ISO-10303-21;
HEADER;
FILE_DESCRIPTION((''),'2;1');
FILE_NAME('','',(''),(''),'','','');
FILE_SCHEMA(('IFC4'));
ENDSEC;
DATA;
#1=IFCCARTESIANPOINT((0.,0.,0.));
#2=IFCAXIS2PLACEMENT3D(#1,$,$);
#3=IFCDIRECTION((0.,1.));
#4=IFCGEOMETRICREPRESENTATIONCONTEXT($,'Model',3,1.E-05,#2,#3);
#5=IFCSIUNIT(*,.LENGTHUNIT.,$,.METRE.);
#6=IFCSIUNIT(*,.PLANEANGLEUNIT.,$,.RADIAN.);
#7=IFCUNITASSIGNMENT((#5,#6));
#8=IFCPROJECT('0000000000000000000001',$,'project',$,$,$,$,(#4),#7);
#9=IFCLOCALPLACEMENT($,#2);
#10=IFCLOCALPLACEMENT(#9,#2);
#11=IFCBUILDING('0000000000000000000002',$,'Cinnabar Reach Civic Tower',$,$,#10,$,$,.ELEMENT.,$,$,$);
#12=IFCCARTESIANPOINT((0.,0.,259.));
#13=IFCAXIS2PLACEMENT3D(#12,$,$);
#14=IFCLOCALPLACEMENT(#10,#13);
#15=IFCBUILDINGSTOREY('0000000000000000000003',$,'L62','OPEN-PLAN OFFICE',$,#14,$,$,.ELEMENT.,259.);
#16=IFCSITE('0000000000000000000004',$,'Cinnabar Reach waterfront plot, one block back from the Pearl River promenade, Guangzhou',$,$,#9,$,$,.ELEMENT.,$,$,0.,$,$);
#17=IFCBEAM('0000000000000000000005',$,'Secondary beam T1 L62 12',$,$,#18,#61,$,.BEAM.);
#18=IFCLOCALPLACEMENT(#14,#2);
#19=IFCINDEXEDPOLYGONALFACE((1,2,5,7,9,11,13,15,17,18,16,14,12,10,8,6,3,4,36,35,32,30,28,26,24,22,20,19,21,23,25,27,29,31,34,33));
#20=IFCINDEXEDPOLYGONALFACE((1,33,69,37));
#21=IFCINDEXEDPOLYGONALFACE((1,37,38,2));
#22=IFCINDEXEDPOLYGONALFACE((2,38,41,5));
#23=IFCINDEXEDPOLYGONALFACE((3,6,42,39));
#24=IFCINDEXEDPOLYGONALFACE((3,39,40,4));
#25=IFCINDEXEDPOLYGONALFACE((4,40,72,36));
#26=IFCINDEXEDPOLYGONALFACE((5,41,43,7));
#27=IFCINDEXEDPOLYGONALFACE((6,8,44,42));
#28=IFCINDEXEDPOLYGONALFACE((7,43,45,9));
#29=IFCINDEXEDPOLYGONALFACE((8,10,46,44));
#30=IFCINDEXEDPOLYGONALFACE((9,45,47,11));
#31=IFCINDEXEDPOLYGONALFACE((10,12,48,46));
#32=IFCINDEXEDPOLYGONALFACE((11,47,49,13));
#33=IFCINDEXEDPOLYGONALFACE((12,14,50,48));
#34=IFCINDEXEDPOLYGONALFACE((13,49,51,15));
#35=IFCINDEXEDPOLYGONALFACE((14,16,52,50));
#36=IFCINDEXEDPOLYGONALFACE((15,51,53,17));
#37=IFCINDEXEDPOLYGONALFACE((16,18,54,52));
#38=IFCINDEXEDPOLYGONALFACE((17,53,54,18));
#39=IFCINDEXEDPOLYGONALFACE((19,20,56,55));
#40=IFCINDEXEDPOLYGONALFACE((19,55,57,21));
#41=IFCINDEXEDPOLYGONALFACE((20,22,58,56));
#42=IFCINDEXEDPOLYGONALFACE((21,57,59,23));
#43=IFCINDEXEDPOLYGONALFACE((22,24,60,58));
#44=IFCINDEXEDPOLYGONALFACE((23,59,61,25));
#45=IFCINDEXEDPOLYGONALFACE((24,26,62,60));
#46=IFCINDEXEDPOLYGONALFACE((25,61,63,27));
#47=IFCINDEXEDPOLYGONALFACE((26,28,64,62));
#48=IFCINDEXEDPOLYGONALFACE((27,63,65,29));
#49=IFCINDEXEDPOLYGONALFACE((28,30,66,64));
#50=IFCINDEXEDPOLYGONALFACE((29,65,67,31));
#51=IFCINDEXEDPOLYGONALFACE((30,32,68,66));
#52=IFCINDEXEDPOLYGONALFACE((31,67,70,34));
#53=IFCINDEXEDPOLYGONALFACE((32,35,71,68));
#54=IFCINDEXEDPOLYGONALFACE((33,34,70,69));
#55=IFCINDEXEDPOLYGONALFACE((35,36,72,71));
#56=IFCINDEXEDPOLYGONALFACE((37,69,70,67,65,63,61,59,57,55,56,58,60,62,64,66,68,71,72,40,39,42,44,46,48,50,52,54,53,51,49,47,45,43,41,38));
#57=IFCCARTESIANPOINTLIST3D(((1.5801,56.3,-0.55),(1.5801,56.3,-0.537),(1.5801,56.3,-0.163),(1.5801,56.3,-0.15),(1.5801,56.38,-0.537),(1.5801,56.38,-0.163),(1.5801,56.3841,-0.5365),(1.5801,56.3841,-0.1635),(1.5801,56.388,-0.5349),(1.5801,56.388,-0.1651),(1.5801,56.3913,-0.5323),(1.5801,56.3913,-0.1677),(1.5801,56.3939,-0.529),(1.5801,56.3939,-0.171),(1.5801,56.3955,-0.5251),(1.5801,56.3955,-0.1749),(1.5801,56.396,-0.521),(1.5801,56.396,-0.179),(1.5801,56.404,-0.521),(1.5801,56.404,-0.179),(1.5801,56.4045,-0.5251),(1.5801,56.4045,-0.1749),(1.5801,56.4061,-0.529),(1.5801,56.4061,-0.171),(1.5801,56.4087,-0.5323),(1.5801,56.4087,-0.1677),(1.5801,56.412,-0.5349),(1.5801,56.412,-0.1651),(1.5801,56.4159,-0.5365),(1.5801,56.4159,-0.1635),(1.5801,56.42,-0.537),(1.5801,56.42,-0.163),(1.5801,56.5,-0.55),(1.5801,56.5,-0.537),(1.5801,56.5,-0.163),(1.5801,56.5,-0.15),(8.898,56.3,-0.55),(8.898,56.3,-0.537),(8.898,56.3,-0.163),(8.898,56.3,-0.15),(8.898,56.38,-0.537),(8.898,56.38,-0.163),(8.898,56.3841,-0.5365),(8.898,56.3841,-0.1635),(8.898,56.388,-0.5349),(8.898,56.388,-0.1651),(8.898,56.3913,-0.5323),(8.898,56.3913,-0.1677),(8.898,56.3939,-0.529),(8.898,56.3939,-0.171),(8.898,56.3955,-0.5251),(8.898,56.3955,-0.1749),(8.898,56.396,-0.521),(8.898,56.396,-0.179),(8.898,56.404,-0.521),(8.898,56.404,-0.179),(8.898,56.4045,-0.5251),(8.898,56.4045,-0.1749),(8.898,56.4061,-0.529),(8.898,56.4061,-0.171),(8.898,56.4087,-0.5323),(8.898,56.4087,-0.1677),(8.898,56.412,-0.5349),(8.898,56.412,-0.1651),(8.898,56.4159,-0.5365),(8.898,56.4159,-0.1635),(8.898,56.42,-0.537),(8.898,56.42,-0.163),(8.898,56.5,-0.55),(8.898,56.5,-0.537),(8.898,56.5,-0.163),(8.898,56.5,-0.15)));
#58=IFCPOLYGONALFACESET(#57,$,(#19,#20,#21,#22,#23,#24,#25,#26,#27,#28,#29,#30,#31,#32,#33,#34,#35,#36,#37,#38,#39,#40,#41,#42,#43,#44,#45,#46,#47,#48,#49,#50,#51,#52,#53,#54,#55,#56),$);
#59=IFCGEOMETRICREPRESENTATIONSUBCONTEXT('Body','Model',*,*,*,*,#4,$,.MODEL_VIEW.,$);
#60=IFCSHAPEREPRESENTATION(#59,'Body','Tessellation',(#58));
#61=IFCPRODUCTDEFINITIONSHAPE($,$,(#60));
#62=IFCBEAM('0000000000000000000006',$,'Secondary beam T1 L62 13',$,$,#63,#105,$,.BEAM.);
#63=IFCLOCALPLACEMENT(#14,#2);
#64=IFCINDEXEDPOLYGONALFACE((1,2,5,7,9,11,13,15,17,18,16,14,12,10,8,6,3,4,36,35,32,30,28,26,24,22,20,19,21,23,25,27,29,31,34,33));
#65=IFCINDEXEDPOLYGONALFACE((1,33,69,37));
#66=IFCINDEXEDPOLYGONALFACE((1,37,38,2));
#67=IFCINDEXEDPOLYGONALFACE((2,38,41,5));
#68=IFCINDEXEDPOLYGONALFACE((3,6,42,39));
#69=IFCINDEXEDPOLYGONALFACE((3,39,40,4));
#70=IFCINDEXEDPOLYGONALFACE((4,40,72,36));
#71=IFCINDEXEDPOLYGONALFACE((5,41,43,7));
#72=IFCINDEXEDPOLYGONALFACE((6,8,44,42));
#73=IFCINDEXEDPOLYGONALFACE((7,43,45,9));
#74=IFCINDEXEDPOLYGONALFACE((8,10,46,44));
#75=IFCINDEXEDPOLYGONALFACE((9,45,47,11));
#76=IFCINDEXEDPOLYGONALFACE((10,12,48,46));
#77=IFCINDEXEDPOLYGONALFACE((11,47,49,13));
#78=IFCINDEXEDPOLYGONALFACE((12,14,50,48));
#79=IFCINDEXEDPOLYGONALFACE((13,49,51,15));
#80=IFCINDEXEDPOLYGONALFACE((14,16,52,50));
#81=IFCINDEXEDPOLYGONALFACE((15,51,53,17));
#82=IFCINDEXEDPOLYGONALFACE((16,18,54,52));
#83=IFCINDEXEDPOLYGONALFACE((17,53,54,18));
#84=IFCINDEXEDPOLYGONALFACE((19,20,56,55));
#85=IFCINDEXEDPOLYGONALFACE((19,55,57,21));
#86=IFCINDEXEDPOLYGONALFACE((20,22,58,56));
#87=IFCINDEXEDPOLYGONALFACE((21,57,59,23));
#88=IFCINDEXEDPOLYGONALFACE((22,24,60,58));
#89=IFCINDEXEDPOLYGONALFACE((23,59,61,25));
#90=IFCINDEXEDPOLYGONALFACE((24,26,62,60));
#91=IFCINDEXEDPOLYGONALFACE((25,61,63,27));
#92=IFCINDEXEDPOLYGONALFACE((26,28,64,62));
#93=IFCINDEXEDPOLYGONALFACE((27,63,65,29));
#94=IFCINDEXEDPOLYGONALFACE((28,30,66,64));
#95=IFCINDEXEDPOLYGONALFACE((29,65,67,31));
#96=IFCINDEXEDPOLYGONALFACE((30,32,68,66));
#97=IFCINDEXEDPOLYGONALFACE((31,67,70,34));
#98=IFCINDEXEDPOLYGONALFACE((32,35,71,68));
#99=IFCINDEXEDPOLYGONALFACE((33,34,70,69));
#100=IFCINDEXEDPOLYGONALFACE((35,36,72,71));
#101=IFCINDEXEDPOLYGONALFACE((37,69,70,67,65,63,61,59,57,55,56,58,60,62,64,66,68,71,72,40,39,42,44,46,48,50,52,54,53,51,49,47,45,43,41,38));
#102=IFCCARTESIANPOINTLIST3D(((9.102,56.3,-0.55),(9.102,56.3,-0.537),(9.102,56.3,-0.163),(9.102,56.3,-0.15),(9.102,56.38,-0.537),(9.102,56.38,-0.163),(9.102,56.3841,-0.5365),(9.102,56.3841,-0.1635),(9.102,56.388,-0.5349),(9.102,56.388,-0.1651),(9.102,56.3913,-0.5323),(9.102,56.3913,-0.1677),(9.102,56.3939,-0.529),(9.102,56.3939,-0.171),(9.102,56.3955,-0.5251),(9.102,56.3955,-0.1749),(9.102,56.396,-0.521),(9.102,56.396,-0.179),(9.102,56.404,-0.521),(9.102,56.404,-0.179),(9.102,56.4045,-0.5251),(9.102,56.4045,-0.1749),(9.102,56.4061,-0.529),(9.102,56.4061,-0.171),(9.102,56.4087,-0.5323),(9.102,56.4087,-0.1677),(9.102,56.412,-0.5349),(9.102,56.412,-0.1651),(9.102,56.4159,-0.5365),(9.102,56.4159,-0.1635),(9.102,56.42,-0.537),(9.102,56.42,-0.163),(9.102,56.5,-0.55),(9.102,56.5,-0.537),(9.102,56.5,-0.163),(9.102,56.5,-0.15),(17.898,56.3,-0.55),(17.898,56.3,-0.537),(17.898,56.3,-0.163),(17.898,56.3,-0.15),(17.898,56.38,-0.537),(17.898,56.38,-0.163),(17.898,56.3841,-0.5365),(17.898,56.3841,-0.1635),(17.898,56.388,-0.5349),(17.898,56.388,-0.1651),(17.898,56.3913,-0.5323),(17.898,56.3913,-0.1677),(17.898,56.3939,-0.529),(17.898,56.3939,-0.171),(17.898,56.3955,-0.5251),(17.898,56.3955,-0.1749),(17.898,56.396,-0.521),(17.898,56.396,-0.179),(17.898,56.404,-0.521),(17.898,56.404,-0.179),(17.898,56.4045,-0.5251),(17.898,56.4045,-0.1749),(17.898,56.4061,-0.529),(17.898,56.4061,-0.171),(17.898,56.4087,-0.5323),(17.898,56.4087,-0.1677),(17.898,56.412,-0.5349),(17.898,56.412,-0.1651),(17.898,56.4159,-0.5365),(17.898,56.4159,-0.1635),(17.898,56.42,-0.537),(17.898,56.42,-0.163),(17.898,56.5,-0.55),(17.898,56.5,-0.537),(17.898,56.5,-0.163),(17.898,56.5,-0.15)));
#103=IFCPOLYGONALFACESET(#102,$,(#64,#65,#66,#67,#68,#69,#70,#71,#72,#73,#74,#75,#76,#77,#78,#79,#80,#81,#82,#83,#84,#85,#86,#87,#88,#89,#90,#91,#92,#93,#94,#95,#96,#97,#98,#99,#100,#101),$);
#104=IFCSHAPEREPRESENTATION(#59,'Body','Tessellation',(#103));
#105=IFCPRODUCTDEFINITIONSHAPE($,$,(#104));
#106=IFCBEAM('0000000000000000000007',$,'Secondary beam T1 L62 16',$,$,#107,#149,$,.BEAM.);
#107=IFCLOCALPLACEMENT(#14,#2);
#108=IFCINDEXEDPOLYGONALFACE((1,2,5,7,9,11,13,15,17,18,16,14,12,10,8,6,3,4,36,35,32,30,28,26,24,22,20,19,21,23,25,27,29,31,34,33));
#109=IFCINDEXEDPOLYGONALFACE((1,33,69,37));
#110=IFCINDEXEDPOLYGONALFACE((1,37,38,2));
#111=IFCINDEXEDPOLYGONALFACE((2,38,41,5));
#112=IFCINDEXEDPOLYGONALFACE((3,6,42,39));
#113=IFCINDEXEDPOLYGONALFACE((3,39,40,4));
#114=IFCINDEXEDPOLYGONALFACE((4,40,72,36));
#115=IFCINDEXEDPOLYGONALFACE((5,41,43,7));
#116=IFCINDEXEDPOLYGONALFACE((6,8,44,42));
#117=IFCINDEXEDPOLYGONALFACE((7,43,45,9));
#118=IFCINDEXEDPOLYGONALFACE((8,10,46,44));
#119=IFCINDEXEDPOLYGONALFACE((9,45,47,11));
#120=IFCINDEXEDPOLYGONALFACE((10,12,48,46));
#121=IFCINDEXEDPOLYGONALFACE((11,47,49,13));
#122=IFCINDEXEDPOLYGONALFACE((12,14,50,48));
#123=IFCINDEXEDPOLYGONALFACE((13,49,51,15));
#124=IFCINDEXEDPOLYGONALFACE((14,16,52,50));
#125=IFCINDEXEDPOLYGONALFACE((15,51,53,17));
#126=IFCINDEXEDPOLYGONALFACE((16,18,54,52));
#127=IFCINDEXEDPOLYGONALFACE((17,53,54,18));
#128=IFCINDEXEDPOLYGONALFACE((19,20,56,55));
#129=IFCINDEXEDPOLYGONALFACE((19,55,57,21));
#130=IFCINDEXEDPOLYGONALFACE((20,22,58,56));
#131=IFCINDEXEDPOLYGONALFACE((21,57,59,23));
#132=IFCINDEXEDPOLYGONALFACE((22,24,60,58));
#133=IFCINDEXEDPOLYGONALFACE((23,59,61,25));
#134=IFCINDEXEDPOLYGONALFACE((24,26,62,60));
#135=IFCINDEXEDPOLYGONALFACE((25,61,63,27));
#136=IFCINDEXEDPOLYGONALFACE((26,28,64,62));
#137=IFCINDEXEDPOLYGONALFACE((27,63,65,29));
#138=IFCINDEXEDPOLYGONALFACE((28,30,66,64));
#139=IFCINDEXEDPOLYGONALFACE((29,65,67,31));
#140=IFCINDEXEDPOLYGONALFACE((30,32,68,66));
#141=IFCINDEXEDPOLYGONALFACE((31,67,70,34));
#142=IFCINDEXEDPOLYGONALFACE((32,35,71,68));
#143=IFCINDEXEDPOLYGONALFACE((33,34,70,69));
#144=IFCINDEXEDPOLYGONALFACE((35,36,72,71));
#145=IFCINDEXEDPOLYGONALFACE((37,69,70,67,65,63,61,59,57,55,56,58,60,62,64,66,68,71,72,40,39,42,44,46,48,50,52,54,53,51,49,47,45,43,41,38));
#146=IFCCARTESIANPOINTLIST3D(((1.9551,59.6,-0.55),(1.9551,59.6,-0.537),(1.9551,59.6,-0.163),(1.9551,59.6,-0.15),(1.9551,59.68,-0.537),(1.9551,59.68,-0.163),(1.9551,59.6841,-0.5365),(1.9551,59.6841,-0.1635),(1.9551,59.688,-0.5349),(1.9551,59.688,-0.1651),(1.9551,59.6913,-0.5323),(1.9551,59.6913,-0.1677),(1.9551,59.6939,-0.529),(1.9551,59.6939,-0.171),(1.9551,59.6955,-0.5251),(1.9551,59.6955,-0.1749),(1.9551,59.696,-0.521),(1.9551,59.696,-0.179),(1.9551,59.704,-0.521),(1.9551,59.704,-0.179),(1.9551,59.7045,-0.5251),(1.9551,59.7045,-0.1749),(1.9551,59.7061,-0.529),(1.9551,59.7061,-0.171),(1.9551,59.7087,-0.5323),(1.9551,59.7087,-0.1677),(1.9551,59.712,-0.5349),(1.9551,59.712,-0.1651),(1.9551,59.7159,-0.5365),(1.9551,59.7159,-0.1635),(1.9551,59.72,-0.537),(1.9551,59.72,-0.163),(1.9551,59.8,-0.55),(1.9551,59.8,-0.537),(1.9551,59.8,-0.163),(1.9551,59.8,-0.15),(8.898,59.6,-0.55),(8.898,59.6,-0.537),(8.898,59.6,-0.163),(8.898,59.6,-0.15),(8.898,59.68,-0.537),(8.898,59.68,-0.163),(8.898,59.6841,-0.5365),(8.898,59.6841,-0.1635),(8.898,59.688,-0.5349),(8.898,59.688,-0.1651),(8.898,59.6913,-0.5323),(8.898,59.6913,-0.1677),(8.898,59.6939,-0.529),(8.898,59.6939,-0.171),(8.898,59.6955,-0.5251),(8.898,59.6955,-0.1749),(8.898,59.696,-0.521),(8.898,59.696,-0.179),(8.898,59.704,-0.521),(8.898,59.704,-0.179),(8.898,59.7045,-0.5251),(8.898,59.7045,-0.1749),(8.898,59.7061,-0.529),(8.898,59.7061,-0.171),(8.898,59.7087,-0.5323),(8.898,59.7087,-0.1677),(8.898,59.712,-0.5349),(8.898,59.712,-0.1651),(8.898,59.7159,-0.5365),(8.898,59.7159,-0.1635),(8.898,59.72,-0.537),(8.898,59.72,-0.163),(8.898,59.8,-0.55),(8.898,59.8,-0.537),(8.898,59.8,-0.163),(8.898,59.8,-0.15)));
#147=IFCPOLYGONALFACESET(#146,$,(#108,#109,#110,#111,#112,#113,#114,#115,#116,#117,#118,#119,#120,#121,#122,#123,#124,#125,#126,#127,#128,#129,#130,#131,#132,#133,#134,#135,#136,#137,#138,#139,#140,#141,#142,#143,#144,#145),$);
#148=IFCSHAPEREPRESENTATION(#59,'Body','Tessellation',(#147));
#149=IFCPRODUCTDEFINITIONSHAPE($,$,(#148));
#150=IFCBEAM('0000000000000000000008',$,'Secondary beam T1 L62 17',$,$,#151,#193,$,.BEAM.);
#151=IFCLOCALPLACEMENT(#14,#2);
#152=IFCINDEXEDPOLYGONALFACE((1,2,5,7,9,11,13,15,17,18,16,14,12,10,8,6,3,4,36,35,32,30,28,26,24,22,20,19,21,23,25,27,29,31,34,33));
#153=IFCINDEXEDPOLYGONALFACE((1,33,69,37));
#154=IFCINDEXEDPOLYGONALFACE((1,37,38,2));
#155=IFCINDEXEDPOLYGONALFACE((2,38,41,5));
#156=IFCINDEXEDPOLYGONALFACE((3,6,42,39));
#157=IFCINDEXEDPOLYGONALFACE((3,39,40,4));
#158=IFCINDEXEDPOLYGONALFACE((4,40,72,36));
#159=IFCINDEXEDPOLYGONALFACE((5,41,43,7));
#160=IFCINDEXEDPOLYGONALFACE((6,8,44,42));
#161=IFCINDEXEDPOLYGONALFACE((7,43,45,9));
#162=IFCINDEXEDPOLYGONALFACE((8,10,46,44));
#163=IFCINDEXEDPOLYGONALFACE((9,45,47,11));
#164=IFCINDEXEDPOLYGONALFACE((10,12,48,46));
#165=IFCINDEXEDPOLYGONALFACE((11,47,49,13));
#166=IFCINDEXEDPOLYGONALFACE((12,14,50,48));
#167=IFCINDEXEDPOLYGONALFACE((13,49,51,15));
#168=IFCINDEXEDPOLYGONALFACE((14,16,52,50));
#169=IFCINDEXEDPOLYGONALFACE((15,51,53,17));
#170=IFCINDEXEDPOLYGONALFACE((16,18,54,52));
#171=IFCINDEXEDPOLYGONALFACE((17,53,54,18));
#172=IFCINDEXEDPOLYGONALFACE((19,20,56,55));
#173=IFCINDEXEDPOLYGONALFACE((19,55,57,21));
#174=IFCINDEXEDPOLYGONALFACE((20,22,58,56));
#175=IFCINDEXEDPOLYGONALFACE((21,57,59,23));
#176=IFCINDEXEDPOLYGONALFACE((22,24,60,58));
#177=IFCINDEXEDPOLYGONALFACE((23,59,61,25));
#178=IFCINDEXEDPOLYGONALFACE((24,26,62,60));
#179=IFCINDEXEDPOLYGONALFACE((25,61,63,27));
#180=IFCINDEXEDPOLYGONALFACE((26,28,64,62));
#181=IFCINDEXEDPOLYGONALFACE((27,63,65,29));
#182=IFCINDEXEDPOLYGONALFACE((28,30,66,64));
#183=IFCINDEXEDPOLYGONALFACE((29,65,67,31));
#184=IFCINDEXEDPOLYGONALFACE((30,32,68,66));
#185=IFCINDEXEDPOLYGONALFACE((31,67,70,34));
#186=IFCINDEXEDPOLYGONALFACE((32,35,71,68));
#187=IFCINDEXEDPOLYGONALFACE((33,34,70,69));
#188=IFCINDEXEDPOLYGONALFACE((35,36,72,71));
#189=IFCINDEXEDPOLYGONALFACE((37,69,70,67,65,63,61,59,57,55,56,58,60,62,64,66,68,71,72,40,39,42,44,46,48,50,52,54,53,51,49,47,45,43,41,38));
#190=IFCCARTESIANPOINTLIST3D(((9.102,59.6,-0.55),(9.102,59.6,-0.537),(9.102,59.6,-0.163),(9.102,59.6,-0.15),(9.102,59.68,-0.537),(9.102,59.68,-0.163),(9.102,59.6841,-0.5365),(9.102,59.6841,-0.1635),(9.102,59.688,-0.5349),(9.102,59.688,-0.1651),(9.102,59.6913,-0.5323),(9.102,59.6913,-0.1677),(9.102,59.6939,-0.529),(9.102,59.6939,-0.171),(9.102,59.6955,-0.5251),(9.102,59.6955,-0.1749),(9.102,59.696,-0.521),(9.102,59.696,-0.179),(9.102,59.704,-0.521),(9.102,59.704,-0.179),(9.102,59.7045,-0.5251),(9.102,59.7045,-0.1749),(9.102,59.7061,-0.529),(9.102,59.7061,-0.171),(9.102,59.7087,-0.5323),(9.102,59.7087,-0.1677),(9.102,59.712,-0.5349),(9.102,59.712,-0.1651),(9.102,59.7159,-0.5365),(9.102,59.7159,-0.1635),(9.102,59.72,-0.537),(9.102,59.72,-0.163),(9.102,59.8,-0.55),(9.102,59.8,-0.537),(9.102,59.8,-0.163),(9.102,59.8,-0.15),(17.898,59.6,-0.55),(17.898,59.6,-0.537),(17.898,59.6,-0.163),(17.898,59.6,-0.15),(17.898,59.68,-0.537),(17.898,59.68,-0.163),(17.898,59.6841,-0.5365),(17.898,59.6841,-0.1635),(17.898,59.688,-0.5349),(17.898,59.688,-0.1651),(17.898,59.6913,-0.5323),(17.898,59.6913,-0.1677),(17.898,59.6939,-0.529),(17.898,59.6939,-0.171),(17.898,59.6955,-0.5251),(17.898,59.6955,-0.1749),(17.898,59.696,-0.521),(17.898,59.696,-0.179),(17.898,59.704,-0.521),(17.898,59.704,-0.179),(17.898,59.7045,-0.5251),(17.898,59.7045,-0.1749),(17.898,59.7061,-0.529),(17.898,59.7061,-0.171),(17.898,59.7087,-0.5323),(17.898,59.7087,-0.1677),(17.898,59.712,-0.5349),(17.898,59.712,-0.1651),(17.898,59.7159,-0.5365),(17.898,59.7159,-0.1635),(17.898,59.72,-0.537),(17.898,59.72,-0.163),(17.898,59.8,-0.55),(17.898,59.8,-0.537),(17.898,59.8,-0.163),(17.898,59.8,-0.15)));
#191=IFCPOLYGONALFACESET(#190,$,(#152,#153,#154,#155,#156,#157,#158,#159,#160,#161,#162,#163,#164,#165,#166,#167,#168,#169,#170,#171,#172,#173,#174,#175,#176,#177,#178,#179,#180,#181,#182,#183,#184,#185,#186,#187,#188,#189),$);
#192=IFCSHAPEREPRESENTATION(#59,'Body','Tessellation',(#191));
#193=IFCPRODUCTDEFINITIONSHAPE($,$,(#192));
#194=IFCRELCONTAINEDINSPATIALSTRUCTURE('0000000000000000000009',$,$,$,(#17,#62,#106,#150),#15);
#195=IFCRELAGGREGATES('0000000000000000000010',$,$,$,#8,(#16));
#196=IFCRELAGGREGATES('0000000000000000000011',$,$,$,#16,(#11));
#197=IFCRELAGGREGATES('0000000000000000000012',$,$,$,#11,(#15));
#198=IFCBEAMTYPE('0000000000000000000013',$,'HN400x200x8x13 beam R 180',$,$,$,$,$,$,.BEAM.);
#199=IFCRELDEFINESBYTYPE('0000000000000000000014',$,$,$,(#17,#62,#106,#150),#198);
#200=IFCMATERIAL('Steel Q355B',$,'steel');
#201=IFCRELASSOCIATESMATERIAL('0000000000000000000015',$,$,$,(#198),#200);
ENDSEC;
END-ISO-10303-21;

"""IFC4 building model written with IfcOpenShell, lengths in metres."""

from ifc_helpers import new_model, si_unit, direction, frame, origin, origin_2d, place, context, subcontext, project, spatial, i_section, extrude, material, material_profile, profile_set, type_object, element, save


model = new_model("IFC4")

# Units and contexts
model_context = context("Model", 3, precision=1e-05, world=origin(), true_north=direction((0.0, 1.0)))
body_context = subcontext(model_context, "Body", "Model", "MODEL_VIEW")
ifc_project = project(units=[si_unit("LENGTHUNIT", "METRE"), si_unit("PLANEANGLEUNIT", "RADIAN")], contexts=[model_context])

# Site, building, storey
site_placement = place(None, origin())
site = spatial("IfcSite", under=ifc_project, at=site_placement, Name="Cinnabar Reach waterfront plot, one block back from the Pearl River promenade, Guangzhou", CompositionType="ELEMENT", RefElevation=0.0)
building_placement = place(site_placement, origin())
building = spatial("IfcBuilding", under=site, at=building_placement, Name="Cinnabar Reach Civic Tower", CompositionType="ELEMENT")
storey_placement = place(building_placement, frame((0.0, 0.0, 259.0)))
storey = spatial("IfcBuildingStorey", under=building, at=storey_placement, Name="L62", Description="OPEN-PLAN OFFICE", CompositionType="ELEMENT", Elevation=259.0)

# Beams
ifc_material_1 = material(Name="Steel Q355B", Category="steel")
ifc_material_profile_1 = material_profile(ifc_material_1, i_section(OverallWidth=0.2, OverallDepth=0.4, WebThickness=0.008, FlangeThickness=0.013, FilletRadius=0.016, at=origin_2d()), Name="HN400x200x8x13")
ifc_profile_set_1 = profile_set([ifc_material_profile_1], Name="Steel Q355B")
beam_type_1 = type_object("IfcBeamType", Name="HN400x200x8x13 beam R 180", PredefinedType="BEAM", material=ifc_profile_set_1)
beam_1_placement = place(storey_placement, frame((1.5801, 56.4, -0.35), z_axis=(1.0, 0.0, 0.0), x_axis=(0.0, 1.0, 0.0)))
element("IfcBeam", 1, at=beam_1_placement, inside=storey, type_object=beam_type_1, Name="Secondary beam T1 L62 12", PredefinedType="BEAM", context=body_context, shape_type="SweptSolid", body=[
    extrude(i_section(OverallWidth=0.2, OverallDepth=0.4, WebThickness=0.008, FlangeThickness=0.013, FilletRadius=0.016, at=origin_2d()), origin(), (0.0, 0.0, 1.0), 7.3179),
])
beam_2_placement = place(storey_placement, frame((9.102, 56.4, -0.35), z_axis=(1.0, 0.0, 0.0), x_axis=(0.0, 1.0, 0.0)))
element("IfcBeam", 2, at=beam_2_placement, inside=storey, type_object=beam_type_1, Name="Secondary beam T1 L62 13", PredefinedType="BEAM", context=body_context, shape_type="SweptSolid", body=[
    extrude(i_section(OverallWidth=0.2, OverallDepth=0.4, WebThickness=0.008, FlangeThickness=0.013, FilletRadius=0.016, at=origin_2d()), origin(), (0.0, 0.0, 1.0), 8.796),
])
beam_3_placement = place(storey_placement, frame((1.9551, 59.7, -0.35), z_axis=(1.0, 0.0, 0.0), x_axis=(0.0, 1.0, 0.0)))
element("IfcBeam", 3, at=beam_3_placement, inside=storey, type_object=beam_type_1, Name="Secondary beam T1 L62 16", PredefinedType="BEAM", context=body_context, shape_type="SweptSolid", body=[
    extrude(i_section(OverallWidth=0.2, OverallDepth=0.4, WebThickness=0.008, FlangeThickness=0.013, FilletRadius=0.016, at=origin_2d()), origin(), (0.0, 0.0, 1.0), 6.9429),
])
beam_4_placement = place(storey_placement, frame((9.102, 59.7, -0.35), z_axis=(1.0, 0.0, 0.0), x_axis=(0.0, 1.0, 0.0)))
element("IfcBeam", 4, at=beam_4_placement, inside=storey, type_object=beam_type_1, Name="Secondary beam T1 L62 17", PredefinedType="BEAM", context=body_context, shape_type="SweptSolid", body=[
    extrude(i_section(OverallWidth=0.2, OverallDepth=0.4, WebThickness=0.008, FlangeThickness=0.013, FilletRadius=0.016, at=origin_2d()), origin(), (0.0, 0.0, 1.0), 8.796),
])

save(model, "model.ifc")
